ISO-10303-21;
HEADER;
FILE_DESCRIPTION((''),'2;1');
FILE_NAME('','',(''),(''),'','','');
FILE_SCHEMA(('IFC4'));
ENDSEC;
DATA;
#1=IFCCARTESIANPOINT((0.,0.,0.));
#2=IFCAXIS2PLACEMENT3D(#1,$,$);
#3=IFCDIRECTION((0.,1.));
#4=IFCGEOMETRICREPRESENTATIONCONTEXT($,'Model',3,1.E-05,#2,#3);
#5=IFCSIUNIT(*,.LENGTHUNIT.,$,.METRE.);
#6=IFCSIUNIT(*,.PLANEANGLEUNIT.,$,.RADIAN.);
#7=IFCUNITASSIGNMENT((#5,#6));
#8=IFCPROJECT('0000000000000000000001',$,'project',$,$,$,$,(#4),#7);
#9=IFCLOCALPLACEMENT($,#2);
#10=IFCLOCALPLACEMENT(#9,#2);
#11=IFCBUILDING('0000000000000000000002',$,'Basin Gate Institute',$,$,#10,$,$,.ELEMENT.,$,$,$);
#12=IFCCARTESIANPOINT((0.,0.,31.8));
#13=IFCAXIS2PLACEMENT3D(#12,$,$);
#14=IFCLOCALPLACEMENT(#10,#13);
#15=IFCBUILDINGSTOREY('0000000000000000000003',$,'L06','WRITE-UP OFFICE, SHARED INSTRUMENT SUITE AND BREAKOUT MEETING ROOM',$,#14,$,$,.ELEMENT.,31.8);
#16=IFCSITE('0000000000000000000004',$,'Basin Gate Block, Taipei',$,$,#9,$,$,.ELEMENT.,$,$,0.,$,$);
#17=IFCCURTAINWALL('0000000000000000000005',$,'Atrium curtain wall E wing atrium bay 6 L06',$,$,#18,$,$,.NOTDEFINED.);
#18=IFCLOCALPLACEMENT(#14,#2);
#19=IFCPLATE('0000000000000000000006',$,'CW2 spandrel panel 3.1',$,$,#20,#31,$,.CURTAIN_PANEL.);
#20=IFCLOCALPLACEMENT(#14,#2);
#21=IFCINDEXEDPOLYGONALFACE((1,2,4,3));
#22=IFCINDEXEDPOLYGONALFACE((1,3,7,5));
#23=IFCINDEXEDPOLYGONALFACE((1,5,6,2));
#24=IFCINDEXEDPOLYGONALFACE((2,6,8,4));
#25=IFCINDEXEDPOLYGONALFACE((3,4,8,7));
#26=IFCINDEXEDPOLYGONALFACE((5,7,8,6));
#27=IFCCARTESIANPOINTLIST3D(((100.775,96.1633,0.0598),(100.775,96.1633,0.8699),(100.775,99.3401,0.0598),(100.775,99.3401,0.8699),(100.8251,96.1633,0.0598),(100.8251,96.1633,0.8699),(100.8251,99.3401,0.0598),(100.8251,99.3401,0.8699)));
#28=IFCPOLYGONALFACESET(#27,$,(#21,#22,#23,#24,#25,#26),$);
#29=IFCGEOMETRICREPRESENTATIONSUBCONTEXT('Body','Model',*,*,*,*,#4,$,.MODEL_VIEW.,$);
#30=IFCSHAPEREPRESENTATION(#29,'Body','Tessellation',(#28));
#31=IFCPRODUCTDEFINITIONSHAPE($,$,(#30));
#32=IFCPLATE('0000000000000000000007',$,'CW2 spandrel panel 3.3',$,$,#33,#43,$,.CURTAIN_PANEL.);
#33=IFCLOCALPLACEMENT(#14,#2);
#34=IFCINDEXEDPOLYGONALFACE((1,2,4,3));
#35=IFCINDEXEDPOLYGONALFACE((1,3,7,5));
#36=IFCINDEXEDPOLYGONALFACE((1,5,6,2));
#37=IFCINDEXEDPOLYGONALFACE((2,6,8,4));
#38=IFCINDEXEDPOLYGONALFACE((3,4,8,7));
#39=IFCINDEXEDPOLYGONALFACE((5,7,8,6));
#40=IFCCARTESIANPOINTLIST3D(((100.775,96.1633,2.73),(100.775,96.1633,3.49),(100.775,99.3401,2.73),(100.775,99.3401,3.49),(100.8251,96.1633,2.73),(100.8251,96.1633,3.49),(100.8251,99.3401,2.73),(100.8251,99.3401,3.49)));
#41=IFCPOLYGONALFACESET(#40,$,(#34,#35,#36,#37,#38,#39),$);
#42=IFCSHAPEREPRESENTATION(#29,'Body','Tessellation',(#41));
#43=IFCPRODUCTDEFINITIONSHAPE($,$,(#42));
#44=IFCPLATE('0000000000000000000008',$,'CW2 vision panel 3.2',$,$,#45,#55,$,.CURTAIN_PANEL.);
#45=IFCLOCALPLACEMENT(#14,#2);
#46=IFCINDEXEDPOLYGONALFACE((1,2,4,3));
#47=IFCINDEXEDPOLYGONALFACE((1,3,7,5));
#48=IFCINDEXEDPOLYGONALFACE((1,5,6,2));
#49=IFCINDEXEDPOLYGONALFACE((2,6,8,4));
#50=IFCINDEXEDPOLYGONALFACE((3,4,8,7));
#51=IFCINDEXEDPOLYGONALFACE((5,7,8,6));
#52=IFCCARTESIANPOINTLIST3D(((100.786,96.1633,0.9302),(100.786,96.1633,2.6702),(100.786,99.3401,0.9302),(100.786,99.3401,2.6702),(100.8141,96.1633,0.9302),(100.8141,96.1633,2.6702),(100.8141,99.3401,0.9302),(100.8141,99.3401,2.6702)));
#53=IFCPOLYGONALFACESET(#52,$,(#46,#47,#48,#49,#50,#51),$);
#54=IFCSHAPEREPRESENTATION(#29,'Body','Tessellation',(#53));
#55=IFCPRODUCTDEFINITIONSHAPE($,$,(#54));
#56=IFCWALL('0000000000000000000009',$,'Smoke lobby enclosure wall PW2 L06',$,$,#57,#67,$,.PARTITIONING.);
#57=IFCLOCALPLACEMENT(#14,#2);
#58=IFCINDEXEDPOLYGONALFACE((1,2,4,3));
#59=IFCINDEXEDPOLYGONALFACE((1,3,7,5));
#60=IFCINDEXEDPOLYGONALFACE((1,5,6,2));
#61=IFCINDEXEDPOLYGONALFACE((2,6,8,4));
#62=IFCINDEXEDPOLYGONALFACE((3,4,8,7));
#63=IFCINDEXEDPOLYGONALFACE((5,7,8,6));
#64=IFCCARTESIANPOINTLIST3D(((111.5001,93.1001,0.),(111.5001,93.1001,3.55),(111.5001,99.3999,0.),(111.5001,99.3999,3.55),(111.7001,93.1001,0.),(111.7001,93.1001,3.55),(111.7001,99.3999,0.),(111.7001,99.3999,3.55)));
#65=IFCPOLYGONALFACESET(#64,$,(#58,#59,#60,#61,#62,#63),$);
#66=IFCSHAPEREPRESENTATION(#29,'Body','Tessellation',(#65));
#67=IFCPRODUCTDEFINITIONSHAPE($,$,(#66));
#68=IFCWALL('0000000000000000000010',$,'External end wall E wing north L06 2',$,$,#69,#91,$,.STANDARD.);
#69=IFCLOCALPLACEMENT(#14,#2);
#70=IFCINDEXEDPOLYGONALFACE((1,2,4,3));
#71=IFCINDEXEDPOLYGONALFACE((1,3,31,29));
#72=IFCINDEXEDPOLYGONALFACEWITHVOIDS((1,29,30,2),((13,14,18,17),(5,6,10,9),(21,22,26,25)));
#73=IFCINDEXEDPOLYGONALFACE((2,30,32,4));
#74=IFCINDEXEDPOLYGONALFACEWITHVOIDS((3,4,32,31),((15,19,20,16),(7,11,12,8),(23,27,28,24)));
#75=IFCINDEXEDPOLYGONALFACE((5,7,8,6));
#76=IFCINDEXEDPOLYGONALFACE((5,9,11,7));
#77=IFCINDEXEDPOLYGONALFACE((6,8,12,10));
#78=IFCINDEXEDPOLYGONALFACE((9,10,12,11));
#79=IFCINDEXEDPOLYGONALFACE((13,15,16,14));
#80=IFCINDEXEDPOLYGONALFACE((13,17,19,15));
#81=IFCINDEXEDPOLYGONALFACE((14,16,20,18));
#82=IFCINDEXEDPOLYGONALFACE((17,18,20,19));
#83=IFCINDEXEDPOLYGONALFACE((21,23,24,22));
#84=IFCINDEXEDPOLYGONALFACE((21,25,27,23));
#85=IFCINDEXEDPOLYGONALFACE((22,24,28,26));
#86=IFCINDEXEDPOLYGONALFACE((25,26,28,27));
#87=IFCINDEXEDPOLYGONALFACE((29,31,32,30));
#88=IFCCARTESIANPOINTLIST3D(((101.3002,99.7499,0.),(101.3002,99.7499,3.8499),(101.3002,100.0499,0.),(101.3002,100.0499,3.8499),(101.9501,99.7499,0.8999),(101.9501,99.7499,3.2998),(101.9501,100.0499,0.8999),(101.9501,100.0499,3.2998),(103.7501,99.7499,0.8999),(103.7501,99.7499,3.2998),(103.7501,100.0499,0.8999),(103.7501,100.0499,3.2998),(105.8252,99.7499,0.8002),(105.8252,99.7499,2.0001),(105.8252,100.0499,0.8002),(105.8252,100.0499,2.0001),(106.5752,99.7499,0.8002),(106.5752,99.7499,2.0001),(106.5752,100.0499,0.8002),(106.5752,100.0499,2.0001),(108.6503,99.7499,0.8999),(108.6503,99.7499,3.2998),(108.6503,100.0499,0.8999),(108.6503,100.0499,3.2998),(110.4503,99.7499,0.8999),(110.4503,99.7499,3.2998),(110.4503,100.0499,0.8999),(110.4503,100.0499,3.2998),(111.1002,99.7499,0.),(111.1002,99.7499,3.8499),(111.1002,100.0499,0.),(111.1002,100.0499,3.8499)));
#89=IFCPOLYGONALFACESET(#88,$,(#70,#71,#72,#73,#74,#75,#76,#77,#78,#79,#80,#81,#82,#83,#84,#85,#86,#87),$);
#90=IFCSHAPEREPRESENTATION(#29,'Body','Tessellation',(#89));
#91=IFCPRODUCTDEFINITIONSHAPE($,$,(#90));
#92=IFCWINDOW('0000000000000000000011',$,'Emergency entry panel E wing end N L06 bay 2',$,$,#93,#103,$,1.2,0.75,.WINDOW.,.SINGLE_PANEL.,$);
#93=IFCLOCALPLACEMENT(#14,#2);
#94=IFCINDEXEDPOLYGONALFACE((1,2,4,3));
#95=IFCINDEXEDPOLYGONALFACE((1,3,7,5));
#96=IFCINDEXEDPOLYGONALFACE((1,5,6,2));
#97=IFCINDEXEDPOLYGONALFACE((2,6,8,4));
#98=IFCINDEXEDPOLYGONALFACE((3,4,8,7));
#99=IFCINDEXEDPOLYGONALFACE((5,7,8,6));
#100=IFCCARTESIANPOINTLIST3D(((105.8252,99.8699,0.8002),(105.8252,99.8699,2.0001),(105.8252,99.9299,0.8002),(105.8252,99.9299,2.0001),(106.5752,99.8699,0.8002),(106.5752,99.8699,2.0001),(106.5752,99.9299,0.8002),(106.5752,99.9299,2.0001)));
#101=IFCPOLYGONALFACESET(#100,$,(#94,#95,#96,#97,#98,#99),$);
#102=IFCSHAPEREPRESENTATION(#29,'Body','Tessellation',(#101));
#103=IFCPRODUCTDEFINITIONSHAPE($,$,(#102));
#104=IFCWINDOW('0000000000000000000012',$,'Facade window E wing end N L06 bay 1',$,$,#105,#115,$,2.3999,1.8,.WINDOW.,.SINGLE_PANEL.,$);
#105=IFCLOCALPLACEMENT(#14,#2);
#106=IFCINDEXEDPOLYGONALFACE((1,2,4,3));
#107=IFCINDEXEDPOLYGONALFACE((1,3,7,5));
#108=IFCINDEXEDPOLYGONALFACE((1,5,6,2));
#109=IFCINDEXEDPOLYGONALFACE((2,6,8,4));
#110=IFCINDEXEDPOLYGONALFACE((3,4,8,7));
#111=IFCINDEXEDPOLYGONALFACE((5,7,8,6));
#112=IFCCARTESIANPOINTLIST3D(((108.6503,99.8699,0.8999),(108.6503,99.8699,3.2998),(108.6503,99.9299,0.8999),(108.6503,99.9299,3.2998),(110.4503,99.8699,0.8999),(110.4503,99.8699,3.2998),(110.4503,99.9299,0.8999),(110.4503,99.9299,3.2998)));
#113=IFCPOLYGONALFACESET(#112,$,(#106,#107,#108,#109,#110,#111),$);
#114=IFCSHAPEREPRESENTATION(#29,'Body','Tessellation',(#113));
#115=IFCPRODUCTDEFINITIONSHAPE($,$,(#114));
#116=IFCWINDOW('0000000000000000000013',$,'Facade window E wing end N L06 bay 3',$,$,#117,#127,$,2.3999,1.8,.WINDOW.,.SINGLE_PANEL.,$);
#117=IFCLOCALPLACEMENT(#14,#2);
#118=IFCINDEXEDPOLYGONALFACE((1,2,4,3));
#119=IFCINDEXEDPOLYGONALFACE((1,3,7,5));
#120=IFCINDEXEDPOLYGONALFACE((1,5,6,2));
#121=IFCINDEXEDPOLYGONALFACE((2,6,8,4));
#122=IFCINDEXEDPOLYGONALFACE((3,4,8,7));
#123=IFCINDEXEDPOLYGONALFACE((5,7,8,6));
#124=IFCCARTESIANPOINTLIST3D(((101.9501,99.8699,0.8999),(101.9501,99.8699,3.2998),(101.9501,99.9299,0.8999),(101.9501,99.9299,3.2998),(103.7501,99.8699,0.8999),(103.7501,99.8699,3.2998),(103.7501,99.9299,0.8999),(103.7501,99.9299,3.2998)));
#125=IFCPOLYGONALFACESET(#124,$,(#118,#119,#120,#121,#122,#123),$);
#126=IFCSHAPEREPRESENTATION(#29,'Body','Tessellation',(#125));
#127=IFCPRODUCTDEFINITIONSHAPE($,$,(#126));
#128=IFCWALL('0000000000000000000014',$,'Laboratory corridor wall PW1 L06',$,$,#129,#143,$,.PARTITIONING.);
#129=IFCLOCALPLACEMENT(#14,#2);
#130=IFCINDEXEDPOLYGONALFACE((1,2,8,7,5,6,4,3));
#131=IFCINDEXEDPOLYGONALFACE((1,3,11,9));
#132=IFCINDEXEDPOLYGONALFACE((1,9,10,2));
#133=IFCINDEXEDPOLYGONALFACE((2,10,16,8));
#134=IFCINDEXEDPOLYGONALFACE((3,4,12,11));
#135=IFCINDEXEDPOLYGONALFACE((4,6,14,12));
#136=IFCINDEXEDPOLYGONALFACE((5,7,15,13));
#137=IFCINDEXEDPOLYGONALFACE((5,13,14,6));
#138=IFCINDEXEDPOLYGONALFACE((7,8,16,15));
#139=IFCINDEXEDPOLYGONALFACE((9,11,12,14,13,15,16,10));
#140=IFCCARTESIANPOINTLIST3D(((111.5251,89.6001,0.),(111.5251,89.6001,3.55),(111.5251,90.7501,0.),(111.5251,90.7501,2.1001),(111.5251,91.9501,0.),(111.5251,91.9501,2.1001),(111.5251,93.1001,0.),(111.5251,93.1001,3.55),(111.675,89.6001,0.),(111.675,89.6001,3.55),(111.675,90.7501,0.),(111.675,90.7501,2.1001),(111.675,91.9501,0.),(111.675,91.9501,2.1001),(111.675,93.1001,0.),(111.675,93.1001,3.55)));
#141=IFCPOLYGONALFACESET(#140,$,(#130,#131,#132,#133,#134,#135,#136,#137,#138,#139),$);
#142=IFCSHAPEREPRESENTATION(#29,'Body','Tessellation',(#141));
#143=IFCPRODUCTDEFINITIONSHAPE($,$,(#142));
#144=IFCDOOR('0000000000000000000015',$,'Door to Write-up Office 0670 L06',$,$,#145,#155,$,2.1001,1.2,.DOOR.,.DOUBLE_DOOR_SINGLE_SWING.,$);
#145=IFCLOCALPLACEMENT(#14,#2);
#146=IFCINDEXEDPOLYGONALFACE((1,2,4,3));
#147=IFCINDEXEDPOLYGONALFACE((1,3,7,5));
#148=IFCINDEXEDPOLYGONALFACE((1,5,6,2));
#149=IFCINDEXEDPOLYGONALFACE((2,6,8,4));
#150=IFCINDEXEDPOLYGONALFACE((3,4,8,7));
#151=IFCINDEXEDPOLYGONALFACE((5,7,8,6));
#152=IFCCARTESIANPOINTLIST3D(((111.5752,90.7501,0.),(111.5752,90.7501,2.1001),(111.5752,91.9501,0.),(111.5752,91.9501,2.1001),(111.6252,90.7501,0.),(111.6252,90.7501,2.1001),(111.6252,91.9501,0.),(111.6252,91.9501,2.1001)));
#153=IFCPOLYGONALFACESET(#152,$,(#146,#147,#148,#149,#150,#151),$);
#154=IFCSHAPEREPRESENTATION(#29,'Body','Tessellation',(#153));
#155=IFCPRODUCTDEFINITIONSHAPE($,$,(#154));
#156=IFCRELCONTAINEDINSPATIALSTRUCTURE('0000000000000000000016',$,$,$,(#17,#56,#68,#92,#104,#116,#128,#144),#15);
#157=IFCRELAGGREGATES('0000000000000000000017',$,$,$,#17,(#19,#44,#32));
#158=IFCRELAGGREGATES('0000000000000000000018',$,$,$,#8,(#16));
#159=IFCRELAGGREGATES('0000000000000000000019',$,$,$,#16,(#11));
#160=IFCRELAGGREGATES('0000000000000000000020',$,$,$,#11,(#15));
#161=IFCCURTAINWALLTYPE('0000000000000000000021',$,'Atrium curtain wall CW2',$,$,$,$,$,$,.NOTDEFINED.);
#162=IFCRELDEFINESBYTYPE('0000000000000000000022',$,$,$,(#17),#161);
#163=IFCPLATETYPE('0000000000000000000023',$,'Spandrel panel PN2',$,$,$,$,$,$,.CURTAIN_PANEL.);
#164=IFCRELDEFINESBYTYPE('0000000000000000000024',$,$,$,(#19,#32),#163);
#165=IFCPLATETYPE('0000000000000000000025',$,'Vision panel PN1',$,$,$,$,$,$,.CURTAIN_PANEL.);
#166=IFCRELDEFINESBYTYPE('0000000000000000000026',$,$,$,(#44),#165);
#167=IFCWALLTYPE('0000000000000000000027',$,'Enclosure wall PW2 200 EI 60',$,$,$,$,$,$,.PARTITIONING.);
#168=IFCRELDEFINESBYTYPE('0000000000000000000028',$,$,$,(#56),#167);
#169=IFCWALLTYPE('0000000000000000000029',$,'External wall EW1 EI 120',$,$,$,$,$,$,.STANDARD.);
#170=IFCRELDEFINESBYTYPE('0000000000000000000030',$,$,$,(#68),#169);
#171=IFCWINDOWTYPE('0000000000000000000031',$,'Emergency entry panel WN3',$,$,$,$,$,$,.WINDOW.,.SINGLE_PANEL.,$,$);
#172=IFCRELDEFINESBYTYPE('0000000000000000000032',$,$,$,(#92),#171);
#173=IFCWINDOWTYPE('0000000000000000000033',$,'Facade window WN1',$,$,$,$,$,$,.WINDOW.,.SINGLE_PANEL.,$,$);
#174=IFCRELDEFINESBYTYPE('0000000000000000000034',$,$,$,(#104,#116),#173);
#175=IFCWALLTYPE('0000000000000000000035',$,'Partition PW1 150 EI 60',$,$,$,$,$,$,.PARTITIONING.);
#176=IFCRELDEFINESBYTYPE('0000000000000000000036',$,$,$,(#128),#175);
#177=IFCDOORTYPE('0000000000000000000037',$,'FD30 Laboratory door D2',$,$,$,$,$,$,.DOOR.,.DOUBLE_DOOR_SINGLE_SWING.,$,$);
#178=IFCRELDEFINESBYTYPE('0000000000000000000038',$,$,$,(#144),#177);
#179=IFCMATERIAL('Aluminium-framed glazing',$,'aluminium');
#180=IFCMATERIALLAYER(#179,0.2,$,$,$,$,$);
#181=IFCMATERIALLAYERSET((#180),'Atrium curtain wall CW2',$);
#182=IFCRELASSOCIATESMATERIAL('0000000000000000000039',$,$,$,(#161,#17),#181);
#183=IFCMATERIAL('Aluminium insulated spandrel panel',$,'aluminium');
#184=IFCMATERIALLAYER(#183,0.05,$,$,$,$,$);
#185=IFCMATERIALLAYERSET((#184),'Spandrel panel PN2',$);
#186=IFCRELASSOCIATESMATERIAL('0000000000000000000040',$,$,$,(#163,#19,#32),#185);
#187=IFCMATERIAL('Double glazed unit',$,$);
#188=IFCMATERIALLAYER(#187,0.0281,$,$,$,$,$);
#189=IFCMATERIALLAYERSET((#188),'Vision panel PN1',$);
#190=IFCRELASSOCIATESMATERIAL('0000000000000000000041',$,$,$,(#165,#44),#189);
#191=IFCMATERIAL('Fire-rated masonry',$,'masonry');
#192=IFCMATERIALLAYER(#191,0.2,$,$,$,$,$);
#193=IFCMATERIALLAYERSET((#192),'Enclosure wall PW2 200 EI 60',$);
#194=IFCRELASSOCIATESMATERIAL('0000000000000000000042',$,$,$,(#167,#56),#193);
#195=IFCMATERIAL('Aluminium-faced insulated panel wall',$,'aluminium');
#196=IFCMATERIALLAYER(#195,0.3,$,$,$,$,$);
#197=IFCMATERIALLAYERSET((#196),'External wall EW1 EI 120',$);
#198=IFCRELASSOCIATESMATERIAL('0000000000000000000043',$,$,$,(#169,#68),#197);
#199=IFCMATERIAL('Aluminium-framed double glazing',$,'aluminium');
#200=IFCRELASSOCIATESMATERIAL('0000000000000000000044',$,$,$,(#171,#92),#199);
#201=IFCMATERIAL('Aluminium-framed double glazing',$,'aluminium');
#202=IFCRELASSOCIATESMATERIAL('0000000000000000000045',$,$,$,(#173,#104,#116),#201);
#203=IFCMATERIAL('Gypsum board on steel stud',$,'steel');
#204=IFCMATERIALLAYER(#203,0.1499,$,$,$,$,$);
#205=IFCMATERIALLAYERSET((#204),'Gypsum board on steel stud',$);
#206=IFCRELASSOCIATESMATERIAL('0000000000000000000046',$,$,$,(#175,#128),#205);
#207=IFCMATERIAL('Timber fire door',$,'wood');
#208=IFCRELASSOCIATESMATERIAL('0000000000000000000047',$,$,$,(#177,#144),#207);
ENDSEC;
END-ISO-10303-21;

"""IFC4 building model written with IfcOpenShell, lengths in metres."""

from ifc_helpers import new_model, si_unit, direction, frame, frame_2d, origin, origin_2d, place, context, subcontext, project, spatial, rectangle, extrude, material, layer, layer_set, type_object, element, fill, aggregate, save


model = new_model("IFC4")

# Units and contexts
model_context = context("Model", 3, precision=1e-05, world=origin(), true_north=direction((0.0, 1.0)))
body_context = subcontext(model_context, "Body", "Model", "MODEL_VIEW")
ifc_project = project(units=[si_unit("LENGTHUNIT", "METRE"), si_unit("PLANEANGLEUNIT", "RADIAN")], contexts=[model_context])

# Site, building, storey
site_placement = place(None, origin())
site = spatial("IfcSite", under=ifc_project, at=site_placement, Name="Basin Gate Block, Taipei", CompositionType="ELEMENT", RefElevation=0.0)
building_placement = place(site_placement, origin())
building = spatial("IfcBuilding", under=site, at=building_placement, Name="Basin Gate Institute", CompositionType="ELEMENT")
storey_placement = place(building_placement, frame((0.0, 0.0, 31.8)))
storey = spatial("IfcBuildingStorey", under=building, at=storey_placement, Name="L06", Description="WRITE-UP OFFICE, SHARED INSTRUMENT SUITE AND BREAKOUT MEETING ROOM", CompositionType="ELEMENT", Elevation=31.8)

# Curtain wall
ifc_material_1 = material(Name="Aluminium-framed glazing", Category="aluminium")
ifc_layer_1 = layer(ifc_material_1, 0.2)
ifc_layer_set_1 = layer_set([ifc_layer_1], Name="Atrium curtain wall CW2")
curtain_wall_type = type_object("IfcCurtainWallType", Name="Atrium curtain wall CW2", PredefinedType="NOTDEFINED", material=ifc_layer_set_1)
curtain_wall_placement = place(storey_placement, origin())
curtain_wall = element("IfcCurtainWall", 1, at=curtain_wall_placement, inside=storey, type_object=curtain_wall_type, material=ifc_layer_set_1, Name="Atrium curtain wall E wing atrium bay 6 L06", PredefinedType="NOTDEFINED")

# Plates
ifc_material_2 = material(Name="Aluminium insulated spandrel panel", Category="aluminium")
ifc_layer_2 = layer(ifc_material_2, 0.05)
ifc_layer_set_2 = layer_set([ifc_layer_2], Name="Spandrel panel PN2")
plate_type_1 = type_object("IfcPlateType", Name="Spandrel panel PN2", PredefinedType="CURTAIN_PANEL", material=ifc_layer_set_2)
plate_1_placement = place(storey_placement, frame((100.8, 97.7517, 0.0598), z_axis=(0.0, 0.0, 1.0), x_axis=(0.0, 1.0, 0.0)))
plate_1 = element("IfcPlate", 2, at=plate_1_placement, type_object=plate_type_1, material=ifc_layer_set_2, Name="CW2 spandrel panel 3.1", PredefinedType="CURTAIN_PANEL", context=body_context, shape_type="SweptSolid", body=[
    extrude(rectangle(XDim=3.1768, YDim=0.05, at=origin_2d()), origin(), (0.0, 0.0, 1.0), 0.8101),
])
plate_2_placement = place(storey_placement, frame((100.8, 97.7517, 2.73), z_axis=(0.0, 0.0, 1.0), x_axis=(0.0, 1.0, 0.0)))
plate_2 = element("IfcPlate", 3, at=plate_2_placement, type_object=plate_type_1, material=ifc_layer_set_2, Name="CW2 spandrel panel 3.3", PredefinedType="CURTAIN_PANEL", context=body_context, shape_type="SweptSolid", body=[
    extrude(rectangle(XDim=3.1768, YDim=0.05, at=origin_2d()), origin(), (0.0, 0.0, 1.0), 0.76),
])
ifc_material_3 = material(Name="Double glazed unit")
ifc_layer_3 = layer(ifc_material_3, 0.0281)
ifc_layer_set_3 = layer_set([ifc_layer_3], Name="Vision panel PN1")
plate_type_2 = type_object("IfcPlateType", Name="Vision panel PN1", PredefinedType="CURTAIN_PANEL", material=ifc_layer_set_3)
plate_3_placement = place(storey_placement, frame((100.8, 97.7517, 0.9302), z_axis=(0.0, 0.0, 1.0), x_axis=(0.0, 1.0, 0.0)))
plate_3 = element("IfcPlate", 4, at=plate_3_placement, type_object=plate_type_2, material=ifc_layer_set_3, Name="CW2 vision panel 3.2", PredefinedType="CURTAIN_PANEL", context=body_context, shape_type="SweptSolid", body=[
    extrude(rectangle(XDim=3.1768, YDim=0.0281, at=origin_2d()), origin(), (0.0, 0.0, 1.0), 1.74),
])
aggregate(curtain_wall, [plate_1, plate_3, plate_2])

# Wall
ifc_material_4 = material(Name="Fire-rated masonry", Category="masonry")
ifc_layer_4 = layer(ifc_material_4, 0.2)
ifc_layer_set_4 = layer_set([ifc_layer_4], Name="Enclosure wall PW2 200 EI 60")
wall_type_1 = type_object("IfcWallType", Name="Enclosure wall PW2 200 EI 60", PredefinedType="PARTITIONING", material=ifc_layer_set_4)
wall_1_placement = place(storey_placement, frame((111.6001, 93.1001, 0.0), z_axis=(0.0, 0.0, 1.0), x_axis=(0.0, 1.0, 0.0)))
element("IfcWall", 5, at=wall_1_placement, inside=storey, type_object=wall_type_1, material=ifc_layer_set_4, Name="Smoke lobby enclosure wall PW2 L06", PredefinedType="PARTITIONING", context=body_context, shape_type="SweptSolid", body=[
    extrude(rectangle(XDim=6.2998, YDim=0.2, at=frame_2d((3.1499, 0.0))), origin(), (0.0, 0.0, 1.0), 3.55),
])

# Wall, openings, windows
ifc_material_5 = material(Name="Aluminium-faced insulated panel wall", Category="aluminium")
ifc_layer_5 = layer(ifc_material_5, 0.3)
ifc_layer_set_5 = layer_set([ifc_layer_5], Name="External wall EW1 EI 120")
wall_type_2 = type_object("IfcWallType", Name="External wall EW1 EI 120", PredefinedType="STANDARD", material=ifc_layer_set_5)
wall_2_placement = place(storey_placement, frame((111.1001, 99.8999, 0.0), z_axis=(0.0, 0.0, 1.0), x_axis=(-1.0, 0.0, 0.0)))
wall_2 = element("IfcWall", 6, at=wall_2_placement, inside=storey, type_object=wall_type_2, material=ifc_layer_set_5, Name="External end wall E wing north L06 2", PredefinedType="STANDARD", context=body_context, shape_type="SweptSolid", body=[
    extrude(rectangle(XDim=9.8, YDim=0.3, at=frame_2d((4.8999, 0.0))), origin(), (0.0, 0.0, 1.0), 3.8499),
])
opening_1_placement = place(wall_2_placement, frame((0.6499, 0.0, 0.8999)))
opening_1 = element("IfcOpeningElement", 7, at=opening_1_placement, cuts=wall_2, PredefinedType="OPENING", context=body_context, shape_type="SweptSolid", body=[
    extrude(rectangle(XDim=1.8, YDim=2.3999, at=frame_2d((0.8999, 1.2))), frame((0.0, 0.1602, 0.0), z_axis=(0.0, -1.0, 0.0), x_axis=(1.0, 0.0, 0.0)), (0.0, 0.0, 1.0), 0.3201),
])
opening_2_placement = place(wall_2_placement, frame((4.5249, 0.0, 0.8)))
opening_2 = element("IfcOpeningElement", 8, at=opening_2_placement, cuts=wall_2, PredefinedType="OPENING", context=body_context, shape_type="SweptSolid", body=[
    extrude(rectangle(XDim=0.75, YDim=1.2, at=frame_2d((0.375, 0.6001))), frame((0.0, 0.1602, 0.0), z_axis=(0.0, -1.0, 0.0), x_axis=(1.0, 0.0, 0.0)), (0.0, 0.0, 1.0), 0.3201),
])
opening_3_placement = place(wall_2_placement, frame((7.3501, 0.0, 0.8999)))
opening_3 = element("IfcOpeningElement", 9, at=opening_3_placement, cuts=wall_2, PredefinedType="OPENING", context=body_context, shape_type="SweptSolid", body=[
    extrude(rectangle(XDim=1.8, YDim=2.3999, at=frame_2d((0.8999, 1.2))), frame((0.0, 0.1602, 0.0), z_axis=(0.0, -1.0, 0.0), x_axis=(1.0, 0.0, 0.0)), (0.0, 0.0, 1.0), 0.3201),
])
ifc_material_6 = material(Name="Aluminium-framed double glazing", Category="aluminium")
window_type_1 = type_object("IfcWindowType", Name="Emergency entry panel WN3", PartitioningType="SINGLE_PANEL", PredefinedType="WINDOW", material=ifc_material_6)
window_1_placement = place(opening_2_placement, origin())
window_1 = element("IfcWindow", 10, at=window_1_placement, inside=storey, type_object=window_type_1, material=ifc_material_6, Name="Emergency entry panel E wing end N L06 bay 2", OverallHeight=1.2, OverallWidth=0.75, PartitioningType="SINGLE_PANEL", PredefinedType="WINDOW", context=body_context, shape_type="SweptSolid", body=[
    extrude(rectangle(XDim=0.75, YDim=1.2, at=frame_2d((0.375, 0.6001))), frame((0.0, 0.03, 0.0), z_axis=(0.0, -1.0, 0.0), x_axis=(1.0, 0.0, 0.0)), (0.0, 0.0, 1.0), 0.0601),
])
fill(opening_2, window_1)
ifc_material_7 = material(Name="Aluminium-framed double glazing", Category="aluminium")
window_type_2 = type_object("IfcWindowType", Name="Facade window WN1", PartitioningType="SINGLE_PANEL", PredefinedType="WINDOW", material=ifc_material_7)
window_2_placement = place(opening_1_placement, origin())
window_2 = element("IfcWindow", 11, at=window_2_placement, inside=storey, type_object=window_type_2, material=ifc_material_7, Name="Facade window E wing end N L06 bay 1", OverallHeight=2.3999, OverallWidth=1.8, PartitioningType="SINGLE_PANEL", PredefinedType="WINDOW", context=body_context, shape_type="SweptSolid", body=[
    extrude(rectangle(XDim=1.8, YDim=2.3999, at=frame_2d((0.8999, 1.2))), frame((0.0, 0.03, 0.0), z_axis=(0.0, -1.0, 0.0), x_axis=(1.0, 0.0, 0.0)), (0.0, 0.0, 1.0), 0.0601),
])
fill(opening_1, window_2)
window_3_placement = place(opening_3_placement, origin())
window_3 = element("IfcWindow", 12, at=window_3_placement, inside=storey, type_object=window_type_2, material=ifc_material_7, Name="Facade window E wing end N L06 bay 3", OverallHeight=2.3999, OverallWidth=1.8, PartitioningType="SINGLE_PANEL", PredefinedType="WINDOW", context=body_context, shape_type="SweptSolid", body=[
    extrude(rectangle(XDim=1.8, YDim=2.3999, at=frame_2d((0.8999, 1.2))), frame((0.0, 0.03, 0.0), z_axis=(0.0, -1.0, 0.0), x_axis=(1.0, 0.0, 0.0)), (0.0, 0.0, 1.0), 0.0601),
])
fill(opening_3, window_3)

# Wall, opening, door
ifc_material_8 = material(Name="Gypsum board on steel stud", Category="steel")
ifc_layer_6 = layer(ifc_material_8, 0.1499)
ifc_layer_set_6 = layer_set([ifc_layer_6], Name="Gypsum board on steel stud")
wall_type_3 = type_object("IfcWallType", Name="Partition PW1 150 EI 60", PredefinedType="PARTITIONING", material=ifc_layer_set_6)
wall_3_placement = place(storey_placement, frame((111.6001, 89.6001, 0.0), z_axis=(0.0, 0.0, 1.0), x_axis=(0.0, 1.0, 0.0)))
wall_3 = element("IfcWall", 13, at=wall_3_placement, inside=storey, type_object=wall_type_3, material=ifc_layer_set_6, Name="Laboratory corridor wall PW1 L06", PredefinedType="PARTITIONING", context=body_context, shape_type="SweptSolid", body=[
    extrude(rectangle(XDim=3.5, YDim=0.1499, at=frame_2d((1.75, 0.0))), origin(), (0.0, 0.0, 1.0), 3.55),
])
opening_4_placement = place(wall_3_placement, frame((1.1499, 0.0, 0.0)))
opening_4 = element("IfcOpeningElement", 14, at=opening_4_placement, cuts=wall_3, PredefinedType="OPENING", context=body_context, shape_type="SweptSolid", body=[
    extrude(rectangle(XDim=1.2, YDim=2.1001, at=frame_2d((0.6001, 1.05))), frame((0.0, 0.085, 0.0), z_axis=(0.0, -1.0, 0.0), x_axis=(1.0, 0.0, 0.0)), (0.0, 0.0, 1.0), 0.1699),
])
ifc_material_9 = material(Name="Timber fire door", Category="wood")
door_type = type_object("IfcDoorType", Name="FD30 Laboratory door D2", OperationType="DOUBLE_DOOR_SINGLE_SWING", PredefinedType="DOOR", material=ifc_material_9)
door_placement = place(opening_4_placement, origin())
door = element("IfcDoor", 15, at=door_placement, inside=storey, type_object=door_type, material=ifc_material_9, Name="Door to Write-up Office 0670 L06", OperationType="DOUBLE_DOOR_SINGLE_SWING", OverallHeight=2.1001, OverallWidth=1.2, PredefinedType="DOOR", context=body_context, shape_type="SweptSolid", body=[
    extrude(rectangle(XDim=1.2, YDim=2.1001, at=frame_2d((0.6001, 1.05))), frame((0.0, 0.0249, 0.0), z_axis=(0.0, -1.0, 0.0), x_axis=(1.0, 0.0, 0.0)), (0.0, 0.0, 1.0), 0.05),
])
fill(opening_4, door)

save(model, "model.ifc")
